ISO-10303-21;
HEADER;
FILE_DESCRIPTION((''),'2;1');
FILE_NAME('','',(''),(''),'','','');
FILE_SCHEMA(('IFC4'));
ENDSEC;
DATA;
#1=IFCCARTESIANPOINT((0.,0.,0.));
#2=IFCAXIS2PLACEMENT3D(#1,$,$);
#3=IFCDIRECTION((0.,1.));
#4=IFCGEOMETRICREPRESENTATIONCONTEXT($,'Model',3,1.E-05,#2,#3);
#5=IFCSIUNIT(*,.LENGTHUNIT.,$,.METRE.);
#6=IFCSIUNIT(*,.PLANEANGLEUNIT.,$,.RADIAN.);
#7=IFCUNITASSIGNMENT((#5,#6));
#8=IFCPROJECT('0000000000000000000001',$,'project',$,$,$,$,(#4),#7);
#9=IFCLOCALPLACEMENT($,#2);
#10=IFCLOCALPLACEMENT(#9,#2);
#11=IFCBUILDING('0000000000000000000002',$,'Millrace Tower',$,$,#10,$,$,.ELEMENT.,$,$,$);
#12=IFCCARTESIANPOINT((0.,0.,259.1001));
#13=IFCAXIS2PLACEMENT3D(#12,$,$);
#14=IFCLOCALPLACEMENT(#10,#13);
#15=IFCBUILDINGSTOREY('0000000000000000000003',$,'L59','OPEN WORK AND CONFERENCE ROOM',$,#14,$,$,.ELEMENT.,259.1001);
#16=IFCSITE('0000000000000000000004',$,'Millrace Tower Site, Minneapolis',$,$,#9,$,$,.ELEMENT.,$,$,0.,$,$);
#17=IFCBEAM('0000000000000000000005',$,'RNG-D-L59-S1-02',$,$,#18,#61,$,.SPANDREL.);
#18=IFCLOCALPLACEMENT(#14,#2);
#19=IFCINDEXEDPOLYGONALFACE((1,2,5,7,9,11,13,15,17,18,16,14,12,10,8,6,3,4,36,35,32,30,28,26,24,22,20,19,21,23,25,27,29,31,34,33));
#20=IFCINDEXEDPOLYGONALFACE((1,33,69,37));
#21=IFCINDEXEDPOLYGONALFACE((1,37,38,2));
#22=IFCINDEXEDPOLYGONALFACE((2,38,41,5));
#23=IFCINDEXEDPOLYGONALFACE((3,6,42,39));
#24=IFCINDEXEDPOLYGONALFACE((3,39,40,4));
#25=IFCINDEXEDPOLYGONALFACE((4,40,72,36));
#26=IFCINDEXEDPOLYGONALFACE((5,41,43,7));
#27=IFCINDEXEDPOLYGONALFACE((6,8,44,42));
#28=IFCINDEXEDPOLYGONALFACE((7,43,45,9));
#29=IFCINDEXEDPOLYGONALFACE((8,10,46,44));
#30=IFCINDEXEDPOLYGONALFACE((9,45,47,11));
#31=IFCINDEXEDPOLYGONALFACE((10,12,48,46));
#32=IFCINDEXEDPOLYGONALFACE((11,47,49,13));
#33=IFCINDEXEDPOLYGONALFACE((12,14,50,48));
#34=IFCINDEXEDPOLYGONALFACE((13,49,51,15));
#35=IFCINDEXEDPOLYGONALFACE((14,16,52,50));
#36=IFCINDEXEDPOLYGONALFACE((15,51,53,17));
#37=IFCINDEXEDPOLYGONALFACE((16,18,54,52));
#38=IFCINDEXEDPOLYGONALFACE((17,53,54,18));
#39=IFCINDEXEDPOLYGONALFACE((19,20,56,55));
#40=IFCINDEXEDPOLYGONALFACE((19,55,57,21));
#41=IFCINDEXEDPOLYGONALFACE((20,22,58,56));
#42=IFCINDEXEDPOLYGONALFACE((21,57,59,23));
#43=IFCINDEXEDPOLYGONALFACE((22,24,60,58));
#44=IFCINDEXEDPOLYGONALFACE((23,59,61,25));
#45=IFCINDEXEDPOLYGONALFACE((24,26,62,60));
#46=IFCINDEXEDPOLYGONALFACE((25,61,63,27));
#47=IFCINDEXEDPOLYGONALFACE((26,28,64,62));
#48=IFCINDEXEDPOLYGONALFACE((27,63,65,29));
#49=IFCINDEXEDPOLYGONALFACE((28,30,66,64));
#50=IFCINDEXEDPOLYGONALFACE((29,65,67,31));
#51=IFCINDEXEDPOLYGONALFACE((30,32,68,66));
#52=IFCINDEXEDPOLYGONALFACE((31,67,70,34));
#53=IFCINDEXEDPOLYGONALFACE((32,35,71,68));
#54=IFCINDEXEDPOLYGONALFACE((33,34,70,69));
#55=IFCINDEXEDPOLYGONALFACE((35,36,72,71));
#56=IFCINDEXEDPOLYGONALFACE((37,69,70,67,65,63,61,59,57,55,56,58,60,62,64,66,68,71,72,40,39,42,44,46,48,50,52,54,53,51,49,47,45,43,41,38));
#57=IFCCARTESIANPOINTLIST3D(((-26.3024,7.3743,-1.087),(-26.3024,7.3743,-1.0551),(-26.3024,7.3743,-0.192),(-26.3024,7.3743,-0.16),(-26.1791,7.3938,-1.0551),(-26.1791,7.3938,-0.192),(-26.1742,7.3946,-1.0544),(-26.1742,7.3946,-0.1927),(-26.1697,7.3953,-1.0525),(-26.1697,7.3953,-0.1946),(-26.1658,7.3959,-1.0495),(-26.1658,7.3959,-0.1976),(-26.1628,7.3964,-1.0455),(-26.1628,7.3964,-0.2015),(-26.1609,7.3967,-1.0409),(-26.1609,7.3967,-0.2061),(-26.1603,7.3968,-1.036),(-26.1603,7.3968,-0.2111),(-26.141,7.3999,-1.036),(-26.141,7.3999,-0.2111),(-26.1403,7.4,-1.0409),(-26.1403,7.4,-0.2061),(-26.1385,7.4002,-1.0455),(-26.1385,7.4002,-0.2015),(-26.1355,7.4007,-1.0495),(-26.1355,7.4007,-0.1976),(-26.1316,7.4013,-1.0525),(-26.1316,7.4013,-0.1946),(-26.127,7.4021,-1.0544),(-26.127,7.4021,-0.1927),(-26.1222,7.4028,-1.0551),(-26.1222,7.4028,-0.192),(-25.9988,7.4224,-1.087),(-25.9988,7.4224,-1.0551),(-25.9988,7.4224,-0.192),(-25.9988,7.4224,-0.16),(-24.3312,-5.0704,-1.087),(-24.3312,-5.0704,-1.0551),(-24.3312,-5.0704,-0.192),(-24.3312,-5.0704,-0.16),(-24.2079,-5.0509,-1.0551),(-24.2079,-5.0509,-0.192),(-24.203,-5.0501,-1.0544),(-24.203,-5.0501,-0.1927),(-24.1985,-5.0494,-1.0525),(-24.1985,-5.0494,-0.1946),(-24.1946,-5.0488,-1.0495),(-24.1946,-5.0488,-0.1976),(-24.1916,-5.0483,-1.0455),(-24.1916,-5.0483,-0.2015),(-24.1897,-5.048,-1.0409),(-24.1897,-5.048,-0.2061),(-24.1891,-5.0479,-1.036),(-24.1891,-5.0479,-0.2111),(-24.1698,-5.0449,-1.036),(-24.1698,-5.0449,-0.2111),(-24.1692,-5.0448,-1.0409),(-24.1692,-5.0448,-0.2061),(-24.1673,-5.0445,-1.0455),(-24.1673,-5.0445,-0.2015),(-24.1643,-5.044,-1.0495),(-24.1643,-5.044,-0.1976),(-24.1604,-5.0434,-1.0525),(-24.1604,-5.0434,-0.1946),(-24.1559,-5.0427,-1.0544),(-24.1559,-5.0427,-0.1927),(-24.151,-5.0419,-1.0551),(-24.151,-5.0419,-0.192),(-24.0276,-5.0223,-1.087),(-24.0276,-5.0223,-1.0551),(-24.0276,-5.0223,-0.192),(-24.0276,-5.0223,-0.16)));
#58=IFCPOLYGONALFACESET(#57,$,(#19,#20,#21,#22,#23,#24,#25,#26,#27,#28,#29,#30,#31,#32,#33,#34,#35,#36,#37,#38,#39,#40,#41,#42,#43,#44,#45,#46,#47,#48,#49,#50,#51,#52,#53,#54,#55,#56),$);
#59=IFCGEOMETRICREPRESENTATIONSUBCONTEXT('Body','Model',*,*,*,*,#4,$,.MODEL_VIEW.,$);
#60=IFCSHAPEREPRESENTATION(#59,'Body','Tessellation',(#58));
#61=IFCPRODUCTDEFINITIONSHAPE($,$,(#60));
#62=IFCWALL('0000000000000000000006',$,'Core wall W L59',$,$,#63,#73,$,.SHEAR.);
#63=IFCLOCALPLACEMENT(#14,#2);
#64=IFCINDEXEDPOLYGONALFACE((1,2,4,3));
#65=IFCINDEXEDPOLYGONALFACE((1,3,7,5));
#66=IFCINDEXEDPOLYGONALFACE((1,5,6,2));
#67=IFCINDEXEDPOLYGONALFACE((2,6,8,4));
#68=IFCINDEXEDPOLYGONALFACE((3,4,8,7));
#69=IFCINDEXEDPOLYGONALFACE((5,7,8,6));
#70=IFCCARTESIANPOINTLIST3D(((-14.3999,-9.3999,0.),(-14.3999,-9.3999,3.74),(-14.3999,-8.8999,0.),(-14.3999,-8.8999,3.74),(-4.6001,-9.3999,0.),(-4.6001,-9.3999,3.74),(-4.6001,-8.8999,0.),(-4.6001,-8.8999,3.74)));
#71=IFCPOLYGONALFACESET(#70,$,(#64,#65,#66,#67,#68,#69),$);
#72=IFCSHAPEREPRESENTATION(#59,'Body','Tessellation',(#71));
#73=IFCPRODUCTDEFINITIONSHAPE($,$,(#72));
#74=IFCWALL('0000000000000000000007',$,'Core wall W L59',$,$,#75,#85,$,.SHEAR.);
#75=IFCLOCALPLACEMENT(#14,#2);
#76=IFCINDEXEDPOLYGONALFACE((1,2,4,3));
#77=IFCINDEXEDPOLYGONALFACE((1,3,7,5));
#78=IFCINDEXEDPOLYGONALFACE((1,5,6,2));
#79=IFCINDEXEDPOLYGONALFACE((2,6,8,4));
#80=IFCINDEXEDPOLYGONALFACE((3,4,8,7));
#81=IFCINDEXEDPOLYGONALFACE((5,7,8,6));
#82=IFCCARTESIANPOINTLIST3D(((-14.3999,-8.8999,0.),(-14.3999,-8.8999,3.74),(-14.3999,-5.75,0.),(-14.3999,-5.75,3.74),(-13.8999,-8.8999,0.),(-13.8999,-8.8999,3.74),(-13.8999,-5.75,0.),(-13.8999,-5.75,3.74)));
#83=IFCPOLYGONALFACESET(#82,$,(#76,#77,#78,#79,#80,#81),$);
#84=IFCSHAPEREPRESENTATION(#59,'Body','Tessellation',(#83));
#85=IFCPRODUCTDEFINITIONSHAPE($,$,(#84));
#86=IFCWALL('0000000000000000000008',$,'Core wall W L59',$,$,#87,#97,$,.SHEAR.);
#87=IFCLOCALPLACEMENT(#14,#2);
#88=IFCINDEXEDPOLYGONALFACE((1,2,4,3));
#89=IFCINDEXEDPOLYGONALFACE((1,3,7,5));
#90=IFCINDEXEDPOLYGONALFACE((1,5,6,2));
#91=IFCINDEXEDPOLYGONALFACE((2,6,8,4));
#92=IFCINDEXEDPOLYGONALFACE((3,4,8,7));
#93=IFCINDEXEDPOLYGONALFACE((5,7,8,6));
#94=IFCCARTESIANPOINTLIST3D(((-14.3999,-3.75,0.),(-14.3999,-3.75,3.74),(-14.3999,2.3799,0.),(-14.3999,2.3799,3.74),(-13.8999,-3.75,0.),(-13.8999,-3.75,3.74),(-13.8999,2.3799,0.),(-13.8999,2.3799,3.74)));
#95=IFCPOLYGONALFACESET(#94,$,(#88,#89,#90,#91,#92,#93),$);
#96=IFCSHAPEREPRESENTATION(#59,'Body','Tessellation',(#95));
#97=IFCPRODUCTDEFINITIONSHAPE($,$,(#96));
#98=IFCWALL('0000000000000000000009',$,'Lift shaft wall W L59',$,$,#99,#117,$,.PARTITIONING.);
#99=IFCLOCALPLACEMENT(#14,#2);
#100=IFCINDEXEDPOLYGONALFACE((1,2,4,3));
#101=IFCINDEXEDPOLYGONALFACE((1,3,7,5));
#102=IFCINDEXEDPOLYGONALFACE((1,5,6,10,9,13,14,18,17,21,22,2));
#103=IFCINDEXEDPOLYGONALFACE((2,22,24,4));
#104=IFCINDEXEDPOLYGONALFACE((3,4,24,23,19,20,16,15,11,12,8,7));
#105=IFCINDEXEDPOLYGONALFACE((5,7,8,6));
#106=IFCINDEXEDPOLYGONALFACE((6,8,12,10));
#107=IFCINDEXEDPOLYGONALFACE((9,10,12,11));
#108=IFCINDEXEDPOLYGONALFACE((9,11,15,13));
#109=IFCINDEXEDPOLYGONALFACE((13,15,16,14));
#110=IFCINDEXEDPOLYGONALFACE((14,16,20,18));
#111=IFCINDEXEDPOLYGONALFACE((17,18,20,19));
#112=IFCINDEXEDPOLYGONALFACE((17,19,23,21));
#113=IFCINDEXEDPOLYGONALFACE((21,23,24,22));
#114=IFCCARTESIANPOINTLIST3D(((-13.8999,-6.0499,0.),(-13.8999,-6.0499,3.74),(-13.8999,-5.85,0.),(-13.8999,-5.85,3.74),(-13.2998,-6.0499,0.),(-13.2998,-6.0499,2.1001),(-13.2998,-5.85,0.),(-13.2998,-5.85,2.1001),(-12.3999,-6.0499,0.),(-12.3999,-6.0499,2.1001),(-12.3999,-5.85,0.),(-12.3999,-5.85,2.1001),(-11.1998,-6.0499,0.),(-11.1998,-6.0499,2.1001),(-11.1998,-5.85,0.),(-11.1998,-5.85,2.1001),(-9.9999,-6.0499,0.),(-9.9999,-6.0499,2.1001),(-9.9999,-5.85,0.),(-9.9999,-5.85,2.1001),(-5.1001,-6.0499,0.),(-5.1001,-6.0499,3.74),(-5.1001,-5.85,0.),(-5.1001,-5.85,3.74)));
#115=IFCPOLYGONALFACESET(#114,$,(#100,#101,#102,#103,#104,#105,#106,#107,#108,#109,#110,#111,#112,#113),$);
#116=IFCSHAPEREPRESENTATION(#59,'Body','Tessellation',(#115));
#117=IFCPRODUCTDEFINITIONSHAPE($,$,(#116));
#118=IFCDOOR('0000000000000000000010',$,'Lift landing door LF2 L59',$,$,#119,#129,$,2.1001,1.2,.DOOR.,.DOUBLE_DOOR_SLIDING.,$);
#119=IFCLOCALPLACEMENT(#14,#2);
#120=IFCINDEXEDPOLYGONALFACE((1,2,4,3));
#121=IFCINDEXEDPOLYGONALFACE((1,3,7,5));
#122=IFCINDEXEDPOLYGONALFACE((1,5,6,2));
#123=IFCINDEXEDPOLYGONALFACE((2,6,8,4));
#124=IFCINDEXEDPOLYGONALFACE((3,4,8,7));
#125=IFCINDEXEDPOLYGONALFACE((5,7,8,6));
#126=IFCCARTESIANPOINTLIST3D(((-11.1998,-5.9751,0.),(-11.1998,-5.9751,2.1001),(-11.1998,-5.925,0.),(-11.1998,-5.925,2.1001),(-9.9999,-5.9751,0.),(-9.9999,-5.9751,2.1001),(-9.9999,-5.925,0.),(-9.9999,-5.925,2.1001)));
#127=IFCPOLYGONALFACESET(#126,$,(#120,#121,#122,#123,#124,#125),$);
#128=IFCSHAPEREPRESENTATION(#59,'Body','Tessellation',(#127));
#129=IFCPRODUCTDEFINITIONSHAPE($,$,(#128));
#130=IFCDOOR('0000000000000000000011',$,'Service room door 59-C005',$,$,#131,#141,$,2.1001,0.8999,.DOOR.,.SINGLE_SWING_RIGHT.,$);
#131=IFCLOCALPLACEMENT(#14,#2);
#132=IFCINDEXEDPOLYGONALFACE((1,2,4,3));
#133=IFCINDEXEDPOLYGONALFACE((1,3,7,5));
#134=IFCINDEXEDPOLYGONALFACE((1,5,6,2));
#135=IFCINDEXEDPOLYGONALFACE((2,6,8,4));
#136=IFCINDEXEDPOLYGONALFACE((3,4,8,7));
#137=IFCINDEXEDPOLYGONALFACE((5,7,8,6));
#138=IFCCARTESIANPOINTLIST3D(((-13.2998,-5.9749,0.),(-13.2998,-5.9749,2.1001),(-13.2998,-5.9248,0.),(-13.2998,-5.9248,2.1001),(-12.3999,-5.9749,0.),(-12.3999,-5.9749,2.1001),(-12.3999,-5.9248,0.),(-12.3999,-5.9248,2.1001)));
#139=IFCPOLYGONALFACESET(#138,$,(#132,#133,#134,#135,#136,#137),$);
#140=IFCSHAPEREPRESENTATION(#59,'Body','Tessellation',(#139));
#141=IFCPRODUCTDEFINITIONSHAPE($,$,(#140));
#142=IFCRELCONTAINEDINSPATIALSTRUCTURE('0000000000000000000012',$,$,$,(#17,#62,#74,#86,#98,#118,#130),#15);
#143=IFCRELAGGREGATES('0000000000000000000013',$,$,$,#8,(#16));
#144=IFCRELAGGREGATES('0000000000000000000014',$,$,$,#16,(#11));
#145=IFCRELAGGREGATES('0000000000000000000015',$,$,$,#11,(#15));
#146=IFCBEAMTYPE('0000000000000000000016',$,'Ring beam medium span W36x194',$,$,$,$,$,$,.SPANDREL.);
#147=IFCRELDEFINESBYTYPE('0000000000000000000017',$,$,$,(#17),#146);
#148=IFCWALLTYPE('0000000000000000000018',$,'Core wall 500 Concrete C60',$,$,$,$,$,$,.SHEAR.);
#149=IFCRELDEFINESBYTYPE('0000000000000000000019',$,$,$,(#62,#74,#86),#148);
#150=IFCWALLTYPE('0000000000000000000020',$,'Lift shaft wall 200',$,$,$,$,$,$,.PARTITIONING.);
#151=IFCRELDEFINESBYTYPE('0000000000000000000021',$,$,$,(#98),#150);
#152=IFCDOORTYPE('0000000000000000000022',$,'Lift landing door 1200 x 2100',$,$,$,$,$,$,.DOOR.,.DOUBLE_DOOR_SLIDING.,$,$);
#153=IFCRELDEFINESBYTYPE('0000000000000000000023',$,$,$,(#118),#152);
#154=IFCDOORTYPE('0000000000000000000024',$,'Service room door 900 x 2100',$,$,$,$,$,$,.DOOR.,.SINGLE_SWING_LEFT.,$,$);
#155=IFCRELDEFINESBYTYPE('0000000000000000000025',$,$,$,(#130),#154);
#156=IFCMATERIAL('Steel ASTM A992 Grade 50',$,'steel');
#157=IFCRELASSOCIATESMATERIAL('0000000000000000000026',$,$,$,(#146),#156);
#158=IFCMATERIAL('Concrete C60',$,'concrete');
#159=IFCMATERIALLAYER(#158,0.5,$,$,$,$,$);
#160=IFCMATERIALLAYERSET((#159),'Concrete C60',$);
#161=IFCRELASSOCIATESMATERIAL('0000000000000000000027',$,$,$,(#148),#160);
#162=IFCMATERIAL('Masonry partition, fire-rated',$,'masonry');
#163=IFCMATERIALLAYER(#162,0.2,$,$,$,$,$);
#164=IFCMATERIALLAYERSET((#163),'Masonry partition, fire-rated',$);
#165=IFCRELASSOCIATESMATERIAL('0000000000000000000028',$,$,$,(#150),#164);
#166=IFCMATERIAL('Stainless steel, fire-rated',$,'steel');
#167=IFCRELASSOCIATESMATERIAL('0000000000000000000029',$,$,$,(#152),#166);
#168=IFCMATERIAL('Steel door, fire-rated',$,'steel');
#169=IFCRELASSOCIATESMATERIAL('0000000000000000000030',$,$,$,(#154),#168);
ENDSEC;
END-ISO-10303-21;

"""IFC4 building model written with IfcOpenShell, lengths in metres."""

from ifc_helpers import new_model, si_unit, direction, frame, frame_2d, origin, origin_2d, place, context, subcontext, project, spatial, rectangle, i_section, extrude, material, layer, layer_set, material_profile, profile_set, type_object, element, fill, save


model = new_model("IFC4")

# Units and contexts
model_context = context("Model", 3, precision=1e-05, world=origin(), true_north=direction((0.0, 1.0)))
body_context = subcontext(model_context, "Body", "Model", "MODEL_VIEW")
ifc_project = project(units=[si_unit("LENGTHUNIT", "METRE"), si_unit("PLANEANGLEUNIT", "RADIAN")], contexts=[model_context])

# Site, building, storey
site_placement = place(None, origin())
site = spatial("IfcSite", under=ifc_project, at=site_placement, Name="Millrace Tower Site, Minneapolis", CompositionType="ELEMENT", RefElevation=0.0)
building_placement = place(site_placement, origin())
building = spatial("IfcBuilding", under=site, at=building_placement, Name="Millrace Tower", CompositionType="ELEMENT")
storey_placement = place(building_placement, frame((0.0, 0.0, 259.1001)))
storey = spatial("IfcBuildingStorey", under=building, at=storey_placement, Name="L59", Description="OPEN WORK AND CONFERENCE ROOM", CompositionType="ELEMENT", Elevation=259.1001)

# Beam
ifc_material_1 = material(Name="Steel ASTM A992 Grade 50", Category="steel")
ifc_material_profile_1 = material_profile(ifc_material_1, i_section(OverallWidth=0.3074, OverallDepth=0.927, WebThickness=0.0195, FlangeThickness=0.032, FilletRadius=0.019, at=origin_2d()))
ifc_profile_set_1 = profile_set([ifc_material_profile_1], Name="Steel ASTM A992 Grade 50")
beam_type_1 = type_object("IfcBeamType", Name="Ring beam medium span W36x194", PredefinedType="SPANDREL", material=ifc_profile_set_1)
beam_1_placement = place(storey_placement, frame((-24.1794, -5.0464, -0.6235), z_axis=(-0.156444, 0.987687, 0.0), x_axis=(-0.987687, -0.156444, 0.0)))
element("IfcBeam", 1, at=beam_1_placement, inside=storey, type_object=beam_type_1, Name="RNG-D-L59-S1-02", PredefinedType="SPANDREL", context=body_context, shape_type="SweptSolid", body=[
    extrude(i_section(OverallWidth=0.3074, OverallDepth=0.927, WebThickness=0.0195, FlangeThickness=0.032, FilletRadius=0.019, at=origin_2d()), origin(), (0.0, 0.0, 1.0), 12.5999),
])

# Walls
ifc_material_2 = material(Name="Concrete C60", Category="concrete")
ifc_layer_1 = layer(ifc_material_2, 0.5)
ifc_layer_set_1 = layer_set([ifc_layer_1], Name="Concrete C60")
wall_type_1 = type_object("IfcWallType", Name="Core wall 500 Concrete C60", PredefinedType="SHEAR", material=ifc_layer_set_1)
wall_1_placement = place(storey_placement, frame((-14.3999, -9.1499, 0.0), z_axis=(0.0, 0.0, 1.0), x_axis=(1.0, 0.0, 0.0)))
element("IfcWall", 2, at=wall_1_placement, inside=storey, type_object=wall_type_1, Name="Core wall W L59", PredefinedType="SHEAR", context=body_context, shape_type="SweptSolid", body=[
    extrude(rectangle(XDim=9.7998, YDim=0.5, at=frame_2d((4.8999, 0.0))), origin(), (0.0, 0.0, 1.0), 3.74),
])
wall_2_placement = place(storey_placement, frame((-14.1499, -8.8999, 0.0), z_axis=(0.0, 0.0, 1.0), x_axis=(0.0, 1.0, 0.0)))
element("IfcWall", 3, at=wall_2_placement, inside=storey, type_object=wall_type_1, Name="Core wall W L59", PredefinedType="SHEAR", context=body_context, shape_type="SweptSolid", body=[
    extrude(rectangle(XDim=3.1499, YDim=0.5, at=frame_2d((1.575, 0.0))), origin(), (0.0, 0.0, 1.0), 3.74),
])
wall_3_placement = place(storey_placement, frame((-14.1499, -3.75, 0.0), z_axis=(0.0, 0.0, 1.0), x_axis=(0.0, 1.0, 0.0)))
element("IfcWall", 4, at=wall_3_placement, inside=storey, type_object=wall_type_1, Name="Core wall W L59", PredefinedType="SHEAR", context=body_context, shape_type="SweptSolid", body=[
    extrude(rectangle(XDim=6.1299, YDim=0.5, at=frame_2d((3.0649, 0.0))), origin(), (0.0, 0.0, 1.0), 3.74),
])

# Wall, openings, doors
ifc_material_3 = material(Name="Masonry partition, fire-rated", Category="masonry")
ifc_layer_2 = layer(ifc_material_3, 0.2)
ifc_layer_set_2 = layer_set([ifc_layer_2], Name="Masonry partition, fire-rated")
wall_type_2 = type_object("IfcWallType", Name="Lift shaft wall 200", PredefinedType="PARTITIONING", material=ifc_layer_set_2)
wall_4_placement = place(storey_placement, frame((-13.8999, -5.95, 0.0), z_axis=(0.0, 0.0, 1.0), x_axis=(1.0, 0.0, 0.0)))
wall_4 = element("IfcWall", 5, at=wall_4_placement, inside=storey, type_object=wall_type_2, Name="Lift shaft wall W L59", PredefinedType="PARTITIONING", context=body_context, shape_type="SweptSolid", body=[
    extrude(rectangle(XDim=8.7998, YDim=0.2, at=frame_2d((4.3999, 0.0))), origin(), (0.0, 0.0, 1.0), 3.74),
])
opening_1_placement = place(wall_4_placement, frame((2.7, 0.0, 0.0)))
opening_1 = element("IfcOpeningElement", 6, at=opening_1_placement, cuts=wall_4, PredefinedType="OPENING", context=body_context, shape_type="SweptSolid", body=[
    extrude(rectangle(XDim=1.2, YDim=2.1001, at=frame_2d((0.6001, 1.05))), frame((0.0, 0.1099, 0.0), z_axis=(0.0, -1.0, 0.0), x_axis=(1.0, 0.0, 0.0)), (0.0, 0.0, 1.0), 0.22),
])
opening_2_placement = place(wall_4_placement, frame((0.6001, 0.0, 0.0)))
opening_2 = element("IfcOpeningElement", 7, at=opening_2_placement, cuts=wall_4, PredefinedType="OPENING", context=body_context, shape_type="SweptSolid", body=[
    extrude(rectangle(XDim=0.8999, YDim=2.1001, at=frame_2d((0.45, 1.05))), frame((0.0, 0.1099, 0.0), z_axis=(0.0, -1.0, 0.0), x_axis=(1.0, 0.0, 0.0)), (0.0, 0.0, 1.0), 0.22),
])
ifc_material_4 = material(Name="Stainless steel, fire-rated", Category="steel")
door_type_1 = type_object("IfcDoorType", Name="Lift landing door 1200 x 2100", OperationType="DOUBLE_DOOR_SLIDING", PredefinedType="DOOR", material=ifc_material_4)
door_1_placement = place(opening_1_placement, origin())
door_1 = element("IfcDoor", 8, at=door_1_placement, inside=storey, type_object=door_type_1, Name="Lift landing door LF2 L59", OperationType="DOUBLE_DOOR_SLIDING", OverallHeight=2.1001, OverallWidth=1.2, PredefinedType="DOOR", context=body_context, shape_type="SweptSolid", body=[
    extrude(rectangle(XDim=1.2, YDim=2.1001, at=frame_2d((0.6001, 1.05))), frame((0.0, 0.0249, 0.0), z_axis=(0.0, -1.0, 0.0), x_axis=(1.0, 0.0, 0.0)), (0.0, 0.0, 1.0), 0.05),
])
fill(opening_1, door_1)
ifc_material_5 = material(Name="Steel door, fire-rated", Category="steel")
door_type_2 = type_object("IfcDoorType", Name="Service room door 900 x 2100", OperationType="SINGLE_SWING_LEFT", PredefinedType="DOOR", material=ifc_material_5)
door_2_placement = place(opening_2_placement, frame((0.8999, 0.0, 0.0), z_axis=(0.0, 0.0, 1.0), x_axis=(-1.0, 0.0, 0.0)))
door_2 = element("IfcDoor", 9, at=door_2_placement, inside=storey, type_object=door_type_2, Name="Service room door 59-C005", OperationType="SINGLE_SWING_RIGHT", OverallHeight=2.1001, OverallWidth=0.8999, PredefinedType="DOOR", context=body_context, shape_type="SweptSolid", body=[
    extrude(rectangle(XDim=0.8999, YDim=2.1001, at=frame_2d((0.45, 1.05))), frame((0.0, 0.0249, 0.0), z_axis=(0.0, -1.0, 0.0), x_axis=(1.0, 0.0, 0.0)), (0.0, 0.0, 1.0), 0.05),
])
fill(opening_2, door_2)

save(model, "model.ifc")
